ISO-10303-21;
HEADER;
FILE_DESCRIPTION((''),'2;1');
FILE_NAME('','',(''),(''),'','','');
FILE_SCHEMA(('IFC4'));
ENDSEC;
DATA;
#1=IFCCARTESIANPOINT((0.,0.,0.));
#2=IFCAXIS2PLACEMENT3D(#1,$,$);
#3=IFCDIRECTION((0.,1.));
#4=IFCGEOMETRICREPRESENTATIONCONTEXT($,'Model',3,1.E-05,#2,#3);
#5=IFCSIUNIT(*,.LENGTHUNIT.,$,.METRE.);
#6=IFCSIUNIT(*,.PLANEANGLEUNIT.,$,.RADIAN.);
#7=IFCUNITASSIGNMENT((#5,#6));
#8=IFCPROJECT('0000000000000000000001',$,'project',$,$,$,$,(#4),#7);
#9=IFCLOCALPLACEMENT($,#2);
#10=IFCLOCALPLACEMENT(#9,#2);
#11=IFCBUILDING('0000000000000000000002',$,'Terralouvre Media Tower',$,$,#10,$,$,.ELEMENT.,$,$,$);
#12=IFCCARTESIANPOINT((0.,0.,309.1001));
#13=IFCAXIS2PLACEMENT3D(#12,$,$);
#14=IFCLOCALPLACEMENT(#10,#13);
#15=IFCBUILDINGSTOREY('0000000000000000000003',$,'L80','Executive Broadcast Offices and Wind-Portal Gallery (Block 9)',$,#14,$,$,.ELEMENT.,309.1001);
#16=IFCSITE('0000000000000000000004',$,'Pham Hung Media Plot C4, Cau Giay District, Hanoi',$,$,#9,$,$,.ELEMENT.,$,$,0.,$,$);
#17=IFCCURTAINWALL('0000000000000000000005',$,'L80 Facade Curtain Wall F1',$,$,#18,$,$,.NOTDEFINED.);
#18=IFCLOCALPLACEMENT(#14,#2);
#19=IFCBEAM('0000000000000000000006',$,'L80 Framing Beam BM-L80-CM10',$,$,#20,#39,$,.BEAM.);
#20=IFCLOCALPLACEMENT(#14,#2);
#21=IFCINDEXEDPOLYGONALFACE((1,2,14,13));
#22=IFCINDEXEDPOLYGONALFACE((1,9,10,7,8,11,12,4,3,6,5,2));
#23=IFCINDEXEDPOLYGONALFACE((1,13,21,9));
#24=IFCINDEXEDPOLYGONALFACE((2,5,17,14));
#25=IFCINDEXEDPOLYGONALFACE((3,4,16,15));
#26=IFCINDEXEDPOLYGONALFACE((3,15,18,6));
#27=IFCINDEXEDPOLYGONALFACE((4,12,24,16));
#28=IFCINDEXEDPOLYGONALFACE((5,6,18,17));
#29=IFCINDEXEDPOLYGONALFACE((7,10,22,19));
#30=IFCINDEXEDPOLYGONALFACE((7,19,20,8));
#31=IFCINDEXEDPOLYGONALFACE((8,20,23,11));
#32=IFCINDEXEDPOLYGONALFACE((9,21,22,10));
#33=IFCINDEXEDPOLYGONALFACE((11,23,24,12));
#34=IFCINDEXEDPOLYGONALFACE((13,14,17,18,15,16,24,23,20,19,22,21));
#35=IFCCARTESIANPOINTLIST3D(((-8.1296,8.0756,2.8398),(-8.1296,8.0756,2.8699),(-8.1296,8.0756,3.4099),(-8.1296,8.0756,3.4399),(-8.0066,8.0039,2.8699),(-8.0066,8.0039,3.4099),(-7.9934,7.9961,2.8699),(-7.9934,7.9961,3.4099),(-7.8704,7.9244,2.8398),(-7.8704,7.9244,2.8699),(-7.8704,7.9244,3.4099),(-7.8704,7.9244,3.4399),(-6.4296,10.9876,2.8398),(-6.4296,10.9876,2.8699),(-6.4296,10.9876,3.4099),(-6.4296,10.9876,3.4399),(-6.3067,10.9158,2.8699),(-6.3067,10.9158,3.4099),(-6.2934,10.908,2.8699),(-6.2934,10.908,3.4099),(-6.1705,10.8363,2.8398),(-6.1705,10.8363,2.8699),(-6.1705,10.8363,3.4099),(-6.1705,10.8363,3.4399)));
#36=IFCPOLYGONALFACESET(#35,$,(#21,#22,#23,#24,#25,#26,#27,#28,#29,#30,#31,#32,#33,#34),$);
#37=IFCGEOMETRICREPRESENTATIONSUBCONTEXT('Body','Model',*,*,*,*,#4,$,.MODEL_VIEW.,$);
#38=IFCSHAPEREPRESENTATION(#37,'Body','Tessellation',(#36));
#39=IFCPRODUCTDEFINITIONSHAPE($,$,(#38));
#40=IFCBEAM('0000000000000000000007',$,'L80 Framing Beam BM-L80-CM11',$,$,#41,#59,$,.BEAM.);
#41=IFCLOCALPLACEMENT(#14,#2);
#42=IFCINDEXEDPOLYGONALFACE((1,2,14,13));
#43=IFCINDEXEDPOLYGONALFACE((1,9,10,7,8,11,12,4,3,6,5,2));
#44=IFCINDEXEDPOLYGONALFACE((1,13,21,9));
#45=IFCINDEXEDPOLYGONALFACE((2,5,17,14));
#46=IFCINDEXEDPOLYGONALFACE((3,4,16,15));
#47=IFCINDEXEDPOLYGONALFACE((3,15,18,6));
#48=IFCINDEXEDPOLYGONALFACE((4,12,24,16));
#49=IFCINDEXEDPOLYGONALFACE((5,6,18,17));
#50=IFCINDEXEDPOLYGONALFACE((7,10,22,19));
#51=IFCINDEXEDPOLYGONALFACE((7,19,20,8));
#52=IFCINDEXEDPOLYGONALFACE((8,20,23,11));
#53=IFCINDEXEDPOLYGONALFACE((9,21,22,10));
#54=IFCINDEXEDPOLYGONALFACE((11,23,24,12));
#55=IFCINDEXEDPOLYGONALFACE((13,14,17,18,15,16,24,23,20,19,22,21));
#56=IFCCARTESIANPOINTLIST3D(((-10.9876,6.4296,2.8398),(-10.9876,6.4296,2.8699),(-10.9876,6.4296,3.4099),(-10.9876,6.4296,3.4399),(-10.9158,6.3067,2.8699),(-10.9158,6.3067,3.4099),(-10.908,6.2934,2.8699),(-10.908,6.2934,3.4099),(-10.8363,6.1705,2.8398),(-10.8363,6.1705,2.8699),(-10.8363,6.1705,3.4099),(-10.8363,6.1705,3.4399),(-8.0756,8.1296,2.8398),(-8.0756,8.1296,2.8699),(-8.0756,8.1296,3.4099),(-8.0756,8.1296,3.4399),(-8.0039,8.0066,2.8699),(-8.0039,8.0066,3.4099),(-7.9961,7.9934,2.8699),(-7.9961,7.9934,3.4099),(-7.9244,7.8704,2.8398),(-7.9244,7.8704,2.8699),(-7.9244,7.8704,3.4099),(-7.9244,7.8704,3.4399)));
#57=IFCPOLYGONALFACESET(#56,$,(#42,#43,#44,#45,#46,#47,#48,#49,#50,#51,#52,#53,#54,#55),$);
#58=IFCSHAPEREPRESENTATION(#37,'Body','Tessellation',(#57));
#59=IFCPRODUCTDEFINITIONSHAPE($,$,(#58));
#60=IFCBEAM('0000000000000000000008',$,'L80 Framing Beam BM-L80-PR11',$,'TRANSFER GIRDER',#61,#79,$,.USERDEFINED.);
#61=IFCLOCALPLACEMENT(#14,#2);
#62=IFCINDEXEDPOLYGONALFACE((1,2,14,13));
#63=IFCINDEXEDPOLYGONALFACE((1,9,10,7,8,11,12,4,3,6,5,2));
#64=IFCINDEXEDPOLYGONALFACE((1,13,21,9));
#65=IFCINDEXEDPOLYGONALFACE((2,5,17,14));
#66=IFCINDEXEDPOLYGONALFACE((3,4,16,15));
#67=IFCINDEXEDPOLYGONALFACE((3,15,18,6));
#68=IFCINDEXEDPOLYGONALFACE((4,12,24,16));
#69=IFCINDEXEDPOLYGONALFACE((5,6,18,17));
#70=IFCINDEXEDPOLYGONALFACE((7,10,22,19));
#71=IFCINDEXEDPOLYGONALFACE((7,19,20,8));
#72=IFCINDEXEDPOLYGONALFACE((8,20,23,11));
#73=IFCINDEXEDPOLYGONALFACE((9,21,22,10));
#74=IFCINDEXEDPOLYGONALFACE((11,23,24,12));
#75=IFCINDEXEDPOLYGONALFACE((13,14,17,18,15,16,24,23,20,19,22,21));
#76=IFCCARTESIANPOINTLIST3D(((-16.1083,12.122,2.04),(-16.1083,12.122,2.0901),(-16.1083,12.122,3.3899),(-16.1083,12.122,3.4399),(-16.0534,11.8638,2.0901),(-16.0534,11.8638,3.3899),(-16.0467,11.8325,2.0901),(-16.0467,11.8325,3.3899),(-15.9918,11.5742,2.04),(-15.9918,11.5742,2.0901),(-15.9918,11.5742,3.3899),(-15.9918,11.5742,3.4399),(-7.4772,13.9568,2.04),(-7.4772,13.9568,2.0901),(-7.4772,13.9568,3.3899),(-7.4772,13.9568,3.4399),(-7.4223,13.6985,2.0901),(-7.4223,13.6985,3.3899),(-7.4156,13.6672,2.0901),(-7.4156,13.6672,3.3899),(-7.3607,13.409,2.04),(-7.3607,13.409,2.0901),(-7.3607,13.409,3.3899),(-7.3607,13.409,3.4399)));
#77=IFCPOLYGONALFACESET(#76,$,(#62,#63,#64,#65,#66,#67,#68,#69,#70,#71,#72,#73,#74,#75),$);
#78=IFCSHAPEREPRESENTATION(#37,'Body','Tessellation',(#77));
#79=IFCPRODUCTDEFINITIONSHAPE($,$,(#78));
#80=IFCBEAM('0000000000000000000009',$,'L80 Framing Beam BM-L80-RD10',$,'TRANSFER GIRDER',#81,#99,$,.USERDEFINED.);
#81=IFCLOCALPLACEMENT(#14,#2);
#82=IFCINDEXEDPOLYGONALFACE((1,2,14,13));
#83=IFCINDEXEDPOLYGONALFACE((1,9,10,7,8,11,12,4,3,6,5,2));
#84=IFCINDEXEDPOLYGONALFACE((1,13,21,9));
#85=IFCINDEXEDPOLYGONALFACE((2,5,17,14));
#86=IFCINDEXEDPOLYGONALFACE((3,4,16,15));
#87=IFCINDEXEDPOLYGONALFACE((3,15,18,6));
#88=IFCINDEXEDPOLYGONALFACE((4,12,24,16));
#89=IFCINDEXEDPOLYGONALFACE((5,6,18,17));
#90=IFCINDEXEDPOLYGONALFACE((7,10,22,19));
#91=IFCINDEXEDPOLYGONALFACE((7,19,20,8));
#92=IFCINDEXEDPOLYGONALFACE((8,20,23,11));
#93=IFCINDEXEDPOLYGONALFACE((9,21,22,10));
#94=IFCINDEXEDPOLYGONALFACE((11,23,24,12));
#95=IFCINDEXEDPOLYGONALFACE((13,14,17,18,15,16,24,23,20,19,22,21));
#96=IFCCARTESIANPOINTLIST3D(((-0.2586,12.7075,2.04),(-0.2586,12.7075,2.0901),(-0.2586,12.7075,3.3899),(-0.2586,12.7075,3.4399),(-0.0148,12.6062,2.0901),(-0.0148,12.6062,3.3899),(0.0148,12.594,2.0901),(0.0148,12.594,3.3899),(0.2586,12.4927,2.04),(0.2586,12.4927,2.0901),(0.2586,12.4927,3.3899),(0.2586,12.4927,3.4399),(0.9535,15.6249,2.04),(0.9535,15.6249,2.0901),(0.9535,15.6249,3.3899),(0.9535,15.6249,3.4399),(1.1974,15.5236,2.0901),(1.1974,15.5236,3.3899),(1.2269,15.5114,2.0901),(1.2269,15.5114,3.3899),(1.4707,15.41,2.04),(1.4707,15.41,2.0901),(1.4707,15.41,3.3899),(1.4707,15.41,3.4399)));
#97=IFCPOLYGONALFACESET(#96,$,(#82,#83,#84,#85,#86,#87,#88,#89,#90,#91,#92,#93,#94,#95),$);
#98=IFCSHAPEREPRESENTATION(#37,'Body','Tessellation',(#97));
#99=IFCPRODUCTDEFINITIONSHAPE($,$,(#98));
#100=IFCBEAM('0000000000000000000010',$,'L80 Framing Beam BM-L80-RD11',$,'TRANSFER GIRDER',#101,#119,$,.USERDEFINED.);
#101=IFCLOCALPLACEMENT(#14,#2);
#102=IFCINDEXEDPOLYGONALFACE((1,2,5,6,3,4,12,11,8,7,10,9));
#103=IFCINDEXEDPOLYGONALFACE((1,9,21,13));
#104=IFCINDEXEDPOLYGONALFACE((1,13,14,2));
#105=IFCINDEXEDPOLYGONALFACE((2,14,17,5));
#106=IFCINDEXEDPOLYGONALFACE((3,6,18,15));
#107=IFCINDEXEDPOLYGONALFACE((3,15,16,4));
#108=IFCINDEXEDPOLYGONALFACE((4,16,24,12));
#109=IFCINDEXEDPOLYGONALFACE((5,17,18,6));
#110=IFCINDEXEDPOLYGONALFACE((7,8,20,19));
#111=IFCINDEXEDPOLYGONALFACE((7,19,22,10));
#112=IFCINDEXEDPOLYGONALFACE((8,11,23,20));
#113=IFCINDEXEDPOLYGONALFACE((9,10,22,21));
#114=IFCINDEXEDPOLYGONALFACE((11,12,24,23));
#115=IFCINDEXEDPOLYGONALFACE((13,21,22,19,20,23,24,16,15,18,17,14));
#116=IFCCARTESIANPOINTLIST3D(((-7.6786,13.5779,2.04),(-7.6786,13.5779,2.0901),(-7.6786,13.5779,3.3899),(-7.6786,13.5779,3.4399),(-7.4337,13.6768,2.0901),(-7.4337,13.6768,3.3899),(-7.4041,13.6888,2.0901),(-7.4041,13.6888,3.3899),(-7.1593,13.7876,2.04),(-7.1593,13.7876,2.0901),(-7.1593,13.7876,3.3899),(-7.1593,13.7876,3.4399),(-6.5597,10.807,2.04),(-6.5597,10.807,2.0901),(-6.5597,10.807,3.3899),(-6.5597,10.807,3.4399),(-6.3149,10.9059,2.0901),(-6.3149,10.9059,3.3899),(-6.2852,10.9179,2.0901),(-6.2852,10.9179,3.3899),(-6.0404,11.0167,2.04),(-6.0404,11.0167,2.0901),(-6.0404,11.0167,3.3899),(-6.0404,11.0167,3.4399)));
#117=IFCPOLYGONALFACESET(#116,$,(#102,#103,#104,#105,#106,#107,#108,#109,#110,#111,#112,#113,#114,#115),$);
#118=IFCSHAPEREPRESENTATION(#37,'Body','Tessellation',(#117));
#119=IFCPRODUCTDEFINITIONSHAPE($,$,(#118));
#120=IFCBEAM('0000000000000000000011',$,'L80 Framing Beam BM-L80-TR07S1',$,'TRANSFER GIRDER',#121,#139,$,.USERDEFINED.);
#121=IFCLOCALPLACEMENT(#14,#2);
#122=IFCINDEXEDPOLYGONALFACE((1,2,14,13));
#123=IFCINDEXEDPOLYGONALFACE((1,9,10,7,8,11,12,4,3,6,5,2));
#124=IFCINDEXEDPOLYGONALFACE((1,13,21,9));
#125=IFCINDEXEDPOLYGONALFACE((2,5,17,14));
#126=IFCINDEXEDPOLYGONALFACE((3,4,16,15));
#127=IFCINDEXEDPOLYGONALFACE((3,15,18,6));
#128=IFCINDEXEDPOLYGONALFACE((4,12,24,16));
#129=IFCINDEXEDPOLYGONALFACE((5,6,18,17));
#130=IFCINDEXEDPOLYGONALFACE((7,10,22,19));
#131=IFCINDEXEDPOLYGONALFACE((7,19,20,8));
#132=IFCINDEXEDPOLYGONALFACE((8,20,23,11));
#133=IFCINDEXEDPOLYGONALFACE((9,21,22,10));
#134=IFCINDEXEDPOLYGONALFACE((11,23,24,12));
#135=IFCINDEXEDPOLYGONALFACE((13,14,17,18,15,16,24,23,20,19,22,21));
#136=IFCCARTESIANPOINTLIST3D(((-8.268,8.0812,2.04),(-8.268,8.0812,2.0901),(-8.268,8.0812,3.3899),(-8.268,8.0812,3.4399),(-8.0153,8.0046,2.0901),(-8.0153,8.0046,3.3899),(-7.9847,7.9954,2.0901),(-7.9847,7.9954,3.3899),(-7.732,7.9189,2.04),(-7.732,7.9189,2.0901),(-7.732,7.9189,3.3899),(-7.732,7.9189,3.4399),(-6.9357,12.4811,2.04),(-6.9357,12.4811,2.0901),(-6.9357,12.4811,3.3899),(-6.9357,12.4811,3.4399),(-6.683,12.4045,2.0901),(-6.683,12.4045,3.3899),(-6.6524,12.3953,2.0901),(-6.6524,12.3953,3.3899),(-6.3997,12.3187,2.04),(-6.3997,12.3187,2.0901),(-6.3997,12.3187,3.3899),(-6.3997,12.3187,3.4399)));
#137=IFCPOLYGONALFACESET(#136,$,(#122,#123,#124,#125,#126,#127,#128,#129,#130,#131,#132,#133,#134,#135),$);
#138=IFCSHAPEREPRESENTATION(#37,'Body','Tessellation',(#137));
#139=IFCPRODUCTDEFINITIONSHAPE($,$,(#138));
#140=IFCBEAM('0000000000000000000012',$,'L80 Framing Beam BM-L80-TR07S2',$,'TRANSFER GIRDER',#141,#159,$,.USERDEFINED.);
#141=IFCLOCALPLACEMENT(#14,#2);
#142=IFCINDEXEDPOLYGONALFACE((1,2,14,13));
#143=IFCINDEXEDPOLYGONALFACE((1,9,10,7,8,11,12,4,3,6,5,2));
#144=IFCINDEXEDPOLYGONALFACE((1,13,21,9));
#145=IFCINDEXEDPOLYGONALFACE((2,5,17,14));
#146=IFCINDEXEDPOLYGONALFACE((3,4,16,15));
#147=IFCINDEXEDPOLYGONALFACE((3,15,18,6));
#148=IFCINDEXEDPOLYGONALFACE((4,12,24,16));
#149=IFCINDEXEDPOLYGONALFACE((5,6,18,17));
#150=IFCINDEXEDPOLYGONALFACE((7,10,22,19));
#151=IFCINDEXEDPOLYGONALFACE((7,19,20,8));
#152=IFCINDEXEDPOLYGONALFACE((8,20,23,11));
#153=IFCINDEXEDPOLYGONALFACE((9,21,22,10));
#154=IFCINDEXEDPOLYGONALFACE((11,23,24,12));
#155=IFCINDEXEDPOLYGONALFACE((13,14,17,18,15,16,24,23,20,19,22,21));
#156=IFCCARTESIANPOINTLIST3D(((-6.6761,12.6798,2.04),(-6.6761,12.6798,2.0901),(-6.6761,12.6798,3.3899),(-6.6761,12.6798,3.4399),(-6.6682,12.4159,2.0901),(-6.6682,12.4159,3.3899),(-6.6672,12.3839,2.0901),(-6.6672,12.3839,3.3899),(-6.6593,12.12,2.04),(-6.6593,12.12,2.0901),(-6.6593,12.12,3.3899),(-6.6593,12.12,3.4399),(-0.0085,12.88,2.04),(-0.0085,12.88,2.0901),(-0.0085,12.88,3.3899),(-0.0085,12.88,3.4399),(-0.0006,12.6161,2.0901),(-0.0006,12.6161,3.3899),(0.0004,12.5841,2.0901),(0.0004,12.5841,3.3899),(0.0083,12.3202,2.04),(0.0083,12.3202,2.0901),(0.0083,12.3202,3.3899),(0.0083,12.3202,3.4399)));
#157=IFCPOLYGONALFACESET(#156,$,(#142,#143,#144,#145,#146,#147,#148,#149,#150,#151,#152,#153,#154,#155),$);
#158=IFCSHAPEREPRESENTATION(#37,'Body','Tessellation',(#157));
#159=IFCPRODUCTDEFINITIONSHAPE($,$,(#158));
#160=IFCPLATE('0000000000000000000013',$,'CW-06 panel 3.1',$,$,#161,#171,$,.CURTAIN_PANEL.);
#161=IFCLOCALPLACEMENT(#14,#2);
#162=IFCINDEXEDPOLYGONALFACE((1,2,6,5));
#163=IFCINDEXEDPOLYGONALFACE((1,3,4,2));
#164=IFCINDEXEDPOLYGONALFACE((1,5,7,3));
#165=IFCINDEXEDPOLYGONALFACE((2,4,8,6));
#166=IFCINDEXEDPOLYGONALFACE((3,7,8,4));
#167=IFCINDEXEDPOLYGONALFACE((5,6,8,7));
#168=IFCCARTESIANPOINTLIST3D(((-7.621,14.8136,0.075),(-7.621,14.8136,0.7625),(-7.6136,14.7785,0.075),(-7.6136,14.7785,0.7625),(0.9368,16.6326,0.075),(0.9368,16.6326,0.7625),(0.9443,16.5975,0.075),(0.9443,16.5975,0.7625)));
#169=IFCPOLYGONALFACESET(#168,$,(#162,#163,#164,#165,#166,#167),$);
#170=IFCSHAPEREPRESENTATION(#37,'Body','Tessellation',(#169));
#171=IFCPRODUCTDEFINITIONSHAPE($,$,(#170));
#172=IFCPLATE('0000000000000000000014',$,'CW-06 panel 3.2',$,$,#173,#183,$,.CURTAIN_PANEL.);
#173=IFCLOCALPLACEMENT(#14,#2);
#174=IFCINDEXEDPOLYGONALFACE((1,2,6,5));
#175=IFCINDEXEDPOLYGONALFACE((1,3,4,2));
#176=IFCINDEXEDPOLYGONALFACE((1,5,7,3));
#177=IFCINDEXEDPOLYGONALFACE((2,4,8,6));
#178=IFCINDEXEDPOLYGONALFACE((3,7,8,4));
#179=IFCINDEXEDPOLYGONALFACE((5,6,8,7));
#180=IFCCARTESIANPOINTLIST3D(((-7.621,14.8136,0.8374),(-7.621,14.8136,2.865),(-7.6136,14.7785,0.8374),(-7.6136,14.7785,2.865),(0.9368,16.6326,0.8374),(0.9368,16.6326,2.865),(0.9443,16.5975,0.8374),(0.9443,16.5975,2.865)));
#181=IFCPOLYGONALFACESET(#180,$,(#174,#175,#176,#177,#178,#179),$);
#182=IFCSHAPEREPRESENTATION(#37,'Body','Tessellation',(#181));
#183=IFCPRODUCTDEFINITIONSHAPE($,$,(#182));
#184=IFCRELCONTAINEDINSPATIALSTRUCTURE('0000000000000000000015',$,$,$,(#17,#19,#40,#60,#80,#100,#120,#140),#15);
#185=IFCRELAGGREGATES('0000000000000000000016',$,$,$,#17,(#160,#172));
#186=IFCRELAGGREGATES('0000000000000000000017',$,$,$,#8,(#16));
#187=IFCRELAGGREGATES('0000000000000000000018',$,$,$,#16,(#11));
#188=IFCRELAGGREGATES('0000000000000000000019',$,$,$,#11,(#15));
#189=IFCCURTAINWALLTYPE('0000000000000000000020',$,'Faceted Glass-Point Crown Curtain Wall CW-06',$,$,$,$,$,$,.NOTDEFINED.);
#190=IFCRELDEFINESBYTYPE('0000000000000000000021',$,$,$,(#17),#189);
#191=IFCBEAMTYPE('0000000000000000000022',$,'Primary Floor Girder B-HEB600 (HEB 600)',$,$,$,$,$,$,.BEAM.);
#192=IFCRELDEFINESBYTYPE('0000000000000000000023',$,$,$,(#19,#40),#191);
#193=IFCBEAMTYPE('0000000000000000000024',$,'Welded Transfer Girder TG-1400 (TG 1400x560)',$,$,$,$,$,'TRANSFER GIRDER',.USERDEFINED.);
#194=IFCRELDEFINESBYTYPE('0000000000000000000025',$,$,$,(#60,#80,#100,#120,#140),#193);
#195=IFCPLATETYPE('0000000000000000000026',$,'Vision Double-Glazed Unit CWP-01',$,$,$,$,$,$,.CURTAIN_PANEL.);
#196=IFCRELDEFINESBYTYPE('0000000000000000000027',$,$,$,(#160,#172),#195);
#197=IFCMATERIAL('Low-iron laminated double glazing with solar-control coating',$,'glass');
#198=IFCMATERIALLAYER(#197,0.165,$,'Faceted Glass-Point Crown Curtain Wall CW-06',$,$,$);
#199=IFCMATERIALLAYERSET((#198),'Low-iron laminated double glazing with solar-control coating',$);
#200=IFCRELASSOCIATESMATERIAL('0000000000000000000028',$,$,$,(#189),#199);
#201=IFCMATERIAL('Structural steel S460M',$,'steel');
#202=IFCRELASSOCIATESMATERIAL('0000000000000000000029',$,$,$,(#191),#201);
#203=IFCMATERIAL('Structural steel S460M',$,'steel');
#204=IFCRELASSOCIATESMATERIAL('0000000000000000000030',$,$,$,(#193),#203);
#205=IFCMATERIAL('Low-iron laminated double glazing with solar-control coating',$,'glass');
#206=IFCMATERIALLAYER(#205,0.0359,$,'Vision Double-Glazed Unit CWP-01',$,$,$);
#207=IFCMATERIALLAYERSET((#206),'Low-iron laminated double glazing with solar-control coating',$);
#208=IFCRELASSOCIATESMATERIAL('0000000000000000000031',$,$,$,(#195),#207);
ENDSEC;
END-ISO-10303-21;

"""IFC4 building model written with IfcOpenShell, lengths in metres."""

from ifc_helpers import new_model, si_unit, direction, frame, origin, origin_2d, place, context, subcontext, project, spatial, rectangle, i_section, extrude, material, layer, layer_set, material_profile, profile_set, type_object, element, aggregate, save


model = new_model("IFC4")

# Units and contexts
model_context = context("Model", 3, precision=1e-05, world=origin(), true_north=direction((0.0, 1.0)))
body_context = subcontext(model_context, "Body", "Model", "MODEL_VIEW")
ifc_project = project(units=[si_unit("LENGTHUNIT", "METRE"), si_unit("PLANEANGLEUNIT", "RADIAN")], contexts=[model_context])

# Site, building, storey
site_placement = place(None, origin())
site = spatial("IfcSite", under=ifc_project, at=site_placement, Name="Pham Hung Media Plot C4, Cau Giay District, Hanoi", CompositionType="ELEMENT", RefElevation=0.0)
building_placement = place(site_placement, origin())
building = spatial("IfcBuilding", under=site, at=building_placement, Name="Terralouvre Media Tower", CompositionType="ELEMENT")
storey_placement = place(building_placement, frame((0.0, 0.0, 309.1001)))
storey = spatial("IfcBuildingStorey", under=building, at=storey_placement, Name="L80", Description="Executive Broadcast Offices and Wind-Portal Gallery (Block 9)", CompositionType="ELEMENT", Elevation=309.1001)

# Curtain wall
ifc_material_1 = material(Name="Low-iron laminated double glazing with solar-control coating", Category="glass")
ifc_layer_1 = layer(ifc_material_1, 0.165, Name="Faceted Glass-Point Crown Curtain Wall CW-06")
ifc_layer_set_1 = layer_set([ifc_layer_1], Name="Low-iron laminated double glazing with solar-control coating")
curtain_wall_type = type_object("IfcCurtainWallType", Name="Faceted Glass-Point Crown Curtain Wall CW-06", PredefinedType="NOTDEFINED", material=ifc_layer_set_1)
curtain_wall_placement = place(storey_placement, origin())
curtain_wall = element("IfcCurtainWall", 1, at=curtain_wall_placement, inside=storey, type_object=curtain_wall_type, Name="L80 Facade Curtain Wall F1", PredefinedType="NOTDEFINED")

# Beams
ifc_material_2 = material(Name="Structural steel S460M", Category="steel")
ifc_material_profile_1 = material_profile(ifc_material_2, i_section(OverallWidth=0.3, OverallDepth=0.6001, WebThickness=0.0154, FlangeThickness=0.03, at=origin_2d()), Name="HEB 600")
ifc_profile_set_1 = profile_set([ifc_material_profile_1], Name="Structural steel S460M")
beam_type_1 = type_object("IfcBeamType", Name="Primary Floor Girder B-HEB600 (HEB 600)", PredefinedType="BEAM", material=ifc_profile_set_1)
for number, where, z_axis, x_axis, name in (
    (2, (-8.0, 8.0, 3.1399), (0.504173, 0.863603, 0.0), (-0.863603, 0.504173, 0.0), "L80 Framing Beam BM-L80-CM10"),
    (3, (-8.0, 8.0, 3.1399), (-0.863603, -0.504173, 0.0), (0.504173, -0.863603, 0.0), "L80 Framing Beam BM-L80-CM11"),
):
    element("IfcBeam", number, at=place(storey_placement, frame(where, z_axis=z_axis, x_axis=x_axis)), inside=storey, type_object=beam_type_1, Name=name, PredefinedType="BEAM", context=body_context, shape_type="SweptSolid", body=[
        extrude(i_section(OverallWidth=0.3, OverallDepth=0.6001, WebThickness=0.0154, FlangeThickness=0.03, at=origin_2d()), origin(), (0.0, 0.0, 1.0), 3.3718),
    ])
ifc_material_3 = material(Name="Structural steel S460M", Category="steel")
ifc_material_profile_2 = material_profile(ifc_material_3, i_section(OverallWidth=0.5601, OverallDepth=1.3999, WebThickness=0.032, FlangeThickness=0.05, at=origin_2d()), Name="TG 1400x560")
ifc_profile_set_2 = profile_set([ifc_material_profile_2], Name="Structural steel S460M")
beam_type_2 = type_object("IfcBeamType", Name="Welded Transfer Girder TG-1400 (TG 1400x560)", ElementType="TRANSFER GIRDER", PredefinedType="USERDEFINED", material=ifc_profile_set_2)
beam_1_placement = place(storey_placement, frame((-7.4189, 13.6829, 2.74), z_axis=(-0.978145, -0.207925, 0.0), x_axis=(0.207925, -0.978145, 0.0)))
element("IfcBeam", 4, at=beam_1_placement, inside=storey, type_object=beam_type_2, Name="L80 Framing Beam BM-L80-PR11", ObjectType="TRANSFER GIRDER", PredefinedType="USERDEFINED", context=body_context, shape_type="SweptSolid", body=[
    extrude(i_section(OverallWidth=0.5601, OverallDepth=1.3999, WebThickness=0.032, FlangeThickness=0.05, at=origin_2d()), origin(), (0.0, 0.0, 1.0), 8.824),
])
beam_2_placement = place(storey_placement, frame((0.0, 12.6001, 2.74), z_axis=(0.383682, 0.923465, 0.0), x_axis=(-0.923465, 0.383682, 0.0)))
element("IfcBeam", 5, at=beam_2_placement, inside=storey, type_object=beam_type_2, Name="L80 Framing Beam BM-L80-RD10", ObjectType="TRANSFER GIRDER", PredefinedType="USERDEFINED", context=body_context, shape_type="SweptSolid", body=[
    extrude(i_section(OverallWidth=0.5601, OverallDepth=1.3999, WebThickness=0.032, FlangeThickness=0.05, at=origin_2d()), origin(), (0.0, 0.0, 1.0), 3.1592),
])
beam_3_placement = place(storey_placement, frame((-6.3, 10.9119, 2.74), z_axis=(-0.374417, 0.92726, 0.0), x_axis=(-0.92726, -0.374417, 0.0)))
element("IfcBeam", 6, at=beam_3_placement, inside=storey, type_object=beam_type_2, Name="L80 Framing Beam BM-L80-RD11", ObjectType="TRANSFER GIRDER", PredefinedType="USERDEFINED", context=body_context, shape_type="SweptSolid", body=[
    extrude(i_section(OverallWidth=0.5601, OverallDepth=1.3999, WebThickness=0.032, FlangeThickness=0.05, at=origin_2d()), origin(), (0.0, 0.0, 1.0), 2.9883),
])
beam_4_placement = place(storey_placement, frame((-6.6677, 12.3999, 2.74), z_axis=(-0.289803, -0.957086, 0.0), x_axis=(0.957086, -0.289803, 0.0)))
element("IfcBeam", 7, at=beam_4_placement, inside=storey, type_object=beam_type_2, Name="L80 Framing Beam BM-L80-TR07S1", ObjectType="TRANSFER GIRDER", PredefinedType="USERDEFINED", context=body_context, shape_type="SweptSolid", body=[
    extrude(i_section(OverallWidth=0.5601, OverallDepth=1.3999, WebThickness=0.032, FlangeThickness=0.05, at=origin_2d()), origin(), (0.0, 0.0, 1.0), 4.5972),
])
beam_5_placement = place(storey_placement, frame((-6.6677, 12.3999, 2.74), z_axis=(0.99955, 0.030011, 0.0), x_axis=(-0.030011, 0.99955, 0.0)))
element("IfcBeam", 8, at=beam_5_placement, inside=storey, type_object=beam_type_2, Name="L80 Framing Beam BM-L80-TR07S2", ObjectType="TRANSFER GIRDER", PredefinedType="USERDEFINED", context=body_context, shape_type="SweptSolid", body=[
    extrude(i_section(OverallWidth=0.5601, OverallDepth=1.3999, WebThickness=0.032, FlangeThickness=0.05, at=origin_2d()), origin(), (0.0, 0.0, 1.0), 6.6707),
])

# Plates
ifc_material_4 = material(Name="Low-iron laminated double glazing with solar-control coating", Category="glass")
ifc_layer_2 = layer(ifc_material_4, 0.0359, Name="Vision Double-Glazed Unit CWP-01")
ifc_layer_set_2 = layer_set([ifc_layer_2], Name="Low-iron laminated double glazing with solar-control coating")
plate_type = type_object("IfcPlateType", Name="Vision Double-Glazed Unit CWP-01", PredefinedType="CURTAIN_PANEL", material=ifc_layer_set_2)
plate_1_placement = place(storey_placement, frame((-3.3384, 15.7056, 0.075), z_axis=(0.0, 0.0, 1.0), x_axis=(-0.978148, -0.207912, 0.0)))
plate_1 = element("IfcPlate", 9, at=plate_1_placement, type_object=plate_type, Name="CW-06 panel 3.1", PredefinedType="CURTAIN_PANEL", context=body_context, shape_type="SweptSolid", body=[
    extrude(rectangle(XDim=8.749, YDim=0.0359, at=origin_2d()), origin(), (0.0, 0.0, 1.0), 0.6875),
])
plate_2_placement = place(storey_placement, frame((-3.3384, 15.7056, 0.8374), z_axis=(0.0, 0.0, 1.0), x_axis=(-0.978148, -0.207912, 0.0)))
plate_2 = element("IfcPlate", 10, at=plate_2_placement, type_object=plate_type, Name="CW-06 panel 3.2", PredefinedType="CURTAIN_PANEL", context=body_context, shape_type="SweptSolid", body=[
    extrude(rectangle(XDim=8.749, YDim=0.0359, at=origin_2d()), origin(), (0.0, 0.0, 1.0), 2.0276),
])
aggregate(curtain_wall, [plate_1, plate_2])

save(model, "model.ifc")
